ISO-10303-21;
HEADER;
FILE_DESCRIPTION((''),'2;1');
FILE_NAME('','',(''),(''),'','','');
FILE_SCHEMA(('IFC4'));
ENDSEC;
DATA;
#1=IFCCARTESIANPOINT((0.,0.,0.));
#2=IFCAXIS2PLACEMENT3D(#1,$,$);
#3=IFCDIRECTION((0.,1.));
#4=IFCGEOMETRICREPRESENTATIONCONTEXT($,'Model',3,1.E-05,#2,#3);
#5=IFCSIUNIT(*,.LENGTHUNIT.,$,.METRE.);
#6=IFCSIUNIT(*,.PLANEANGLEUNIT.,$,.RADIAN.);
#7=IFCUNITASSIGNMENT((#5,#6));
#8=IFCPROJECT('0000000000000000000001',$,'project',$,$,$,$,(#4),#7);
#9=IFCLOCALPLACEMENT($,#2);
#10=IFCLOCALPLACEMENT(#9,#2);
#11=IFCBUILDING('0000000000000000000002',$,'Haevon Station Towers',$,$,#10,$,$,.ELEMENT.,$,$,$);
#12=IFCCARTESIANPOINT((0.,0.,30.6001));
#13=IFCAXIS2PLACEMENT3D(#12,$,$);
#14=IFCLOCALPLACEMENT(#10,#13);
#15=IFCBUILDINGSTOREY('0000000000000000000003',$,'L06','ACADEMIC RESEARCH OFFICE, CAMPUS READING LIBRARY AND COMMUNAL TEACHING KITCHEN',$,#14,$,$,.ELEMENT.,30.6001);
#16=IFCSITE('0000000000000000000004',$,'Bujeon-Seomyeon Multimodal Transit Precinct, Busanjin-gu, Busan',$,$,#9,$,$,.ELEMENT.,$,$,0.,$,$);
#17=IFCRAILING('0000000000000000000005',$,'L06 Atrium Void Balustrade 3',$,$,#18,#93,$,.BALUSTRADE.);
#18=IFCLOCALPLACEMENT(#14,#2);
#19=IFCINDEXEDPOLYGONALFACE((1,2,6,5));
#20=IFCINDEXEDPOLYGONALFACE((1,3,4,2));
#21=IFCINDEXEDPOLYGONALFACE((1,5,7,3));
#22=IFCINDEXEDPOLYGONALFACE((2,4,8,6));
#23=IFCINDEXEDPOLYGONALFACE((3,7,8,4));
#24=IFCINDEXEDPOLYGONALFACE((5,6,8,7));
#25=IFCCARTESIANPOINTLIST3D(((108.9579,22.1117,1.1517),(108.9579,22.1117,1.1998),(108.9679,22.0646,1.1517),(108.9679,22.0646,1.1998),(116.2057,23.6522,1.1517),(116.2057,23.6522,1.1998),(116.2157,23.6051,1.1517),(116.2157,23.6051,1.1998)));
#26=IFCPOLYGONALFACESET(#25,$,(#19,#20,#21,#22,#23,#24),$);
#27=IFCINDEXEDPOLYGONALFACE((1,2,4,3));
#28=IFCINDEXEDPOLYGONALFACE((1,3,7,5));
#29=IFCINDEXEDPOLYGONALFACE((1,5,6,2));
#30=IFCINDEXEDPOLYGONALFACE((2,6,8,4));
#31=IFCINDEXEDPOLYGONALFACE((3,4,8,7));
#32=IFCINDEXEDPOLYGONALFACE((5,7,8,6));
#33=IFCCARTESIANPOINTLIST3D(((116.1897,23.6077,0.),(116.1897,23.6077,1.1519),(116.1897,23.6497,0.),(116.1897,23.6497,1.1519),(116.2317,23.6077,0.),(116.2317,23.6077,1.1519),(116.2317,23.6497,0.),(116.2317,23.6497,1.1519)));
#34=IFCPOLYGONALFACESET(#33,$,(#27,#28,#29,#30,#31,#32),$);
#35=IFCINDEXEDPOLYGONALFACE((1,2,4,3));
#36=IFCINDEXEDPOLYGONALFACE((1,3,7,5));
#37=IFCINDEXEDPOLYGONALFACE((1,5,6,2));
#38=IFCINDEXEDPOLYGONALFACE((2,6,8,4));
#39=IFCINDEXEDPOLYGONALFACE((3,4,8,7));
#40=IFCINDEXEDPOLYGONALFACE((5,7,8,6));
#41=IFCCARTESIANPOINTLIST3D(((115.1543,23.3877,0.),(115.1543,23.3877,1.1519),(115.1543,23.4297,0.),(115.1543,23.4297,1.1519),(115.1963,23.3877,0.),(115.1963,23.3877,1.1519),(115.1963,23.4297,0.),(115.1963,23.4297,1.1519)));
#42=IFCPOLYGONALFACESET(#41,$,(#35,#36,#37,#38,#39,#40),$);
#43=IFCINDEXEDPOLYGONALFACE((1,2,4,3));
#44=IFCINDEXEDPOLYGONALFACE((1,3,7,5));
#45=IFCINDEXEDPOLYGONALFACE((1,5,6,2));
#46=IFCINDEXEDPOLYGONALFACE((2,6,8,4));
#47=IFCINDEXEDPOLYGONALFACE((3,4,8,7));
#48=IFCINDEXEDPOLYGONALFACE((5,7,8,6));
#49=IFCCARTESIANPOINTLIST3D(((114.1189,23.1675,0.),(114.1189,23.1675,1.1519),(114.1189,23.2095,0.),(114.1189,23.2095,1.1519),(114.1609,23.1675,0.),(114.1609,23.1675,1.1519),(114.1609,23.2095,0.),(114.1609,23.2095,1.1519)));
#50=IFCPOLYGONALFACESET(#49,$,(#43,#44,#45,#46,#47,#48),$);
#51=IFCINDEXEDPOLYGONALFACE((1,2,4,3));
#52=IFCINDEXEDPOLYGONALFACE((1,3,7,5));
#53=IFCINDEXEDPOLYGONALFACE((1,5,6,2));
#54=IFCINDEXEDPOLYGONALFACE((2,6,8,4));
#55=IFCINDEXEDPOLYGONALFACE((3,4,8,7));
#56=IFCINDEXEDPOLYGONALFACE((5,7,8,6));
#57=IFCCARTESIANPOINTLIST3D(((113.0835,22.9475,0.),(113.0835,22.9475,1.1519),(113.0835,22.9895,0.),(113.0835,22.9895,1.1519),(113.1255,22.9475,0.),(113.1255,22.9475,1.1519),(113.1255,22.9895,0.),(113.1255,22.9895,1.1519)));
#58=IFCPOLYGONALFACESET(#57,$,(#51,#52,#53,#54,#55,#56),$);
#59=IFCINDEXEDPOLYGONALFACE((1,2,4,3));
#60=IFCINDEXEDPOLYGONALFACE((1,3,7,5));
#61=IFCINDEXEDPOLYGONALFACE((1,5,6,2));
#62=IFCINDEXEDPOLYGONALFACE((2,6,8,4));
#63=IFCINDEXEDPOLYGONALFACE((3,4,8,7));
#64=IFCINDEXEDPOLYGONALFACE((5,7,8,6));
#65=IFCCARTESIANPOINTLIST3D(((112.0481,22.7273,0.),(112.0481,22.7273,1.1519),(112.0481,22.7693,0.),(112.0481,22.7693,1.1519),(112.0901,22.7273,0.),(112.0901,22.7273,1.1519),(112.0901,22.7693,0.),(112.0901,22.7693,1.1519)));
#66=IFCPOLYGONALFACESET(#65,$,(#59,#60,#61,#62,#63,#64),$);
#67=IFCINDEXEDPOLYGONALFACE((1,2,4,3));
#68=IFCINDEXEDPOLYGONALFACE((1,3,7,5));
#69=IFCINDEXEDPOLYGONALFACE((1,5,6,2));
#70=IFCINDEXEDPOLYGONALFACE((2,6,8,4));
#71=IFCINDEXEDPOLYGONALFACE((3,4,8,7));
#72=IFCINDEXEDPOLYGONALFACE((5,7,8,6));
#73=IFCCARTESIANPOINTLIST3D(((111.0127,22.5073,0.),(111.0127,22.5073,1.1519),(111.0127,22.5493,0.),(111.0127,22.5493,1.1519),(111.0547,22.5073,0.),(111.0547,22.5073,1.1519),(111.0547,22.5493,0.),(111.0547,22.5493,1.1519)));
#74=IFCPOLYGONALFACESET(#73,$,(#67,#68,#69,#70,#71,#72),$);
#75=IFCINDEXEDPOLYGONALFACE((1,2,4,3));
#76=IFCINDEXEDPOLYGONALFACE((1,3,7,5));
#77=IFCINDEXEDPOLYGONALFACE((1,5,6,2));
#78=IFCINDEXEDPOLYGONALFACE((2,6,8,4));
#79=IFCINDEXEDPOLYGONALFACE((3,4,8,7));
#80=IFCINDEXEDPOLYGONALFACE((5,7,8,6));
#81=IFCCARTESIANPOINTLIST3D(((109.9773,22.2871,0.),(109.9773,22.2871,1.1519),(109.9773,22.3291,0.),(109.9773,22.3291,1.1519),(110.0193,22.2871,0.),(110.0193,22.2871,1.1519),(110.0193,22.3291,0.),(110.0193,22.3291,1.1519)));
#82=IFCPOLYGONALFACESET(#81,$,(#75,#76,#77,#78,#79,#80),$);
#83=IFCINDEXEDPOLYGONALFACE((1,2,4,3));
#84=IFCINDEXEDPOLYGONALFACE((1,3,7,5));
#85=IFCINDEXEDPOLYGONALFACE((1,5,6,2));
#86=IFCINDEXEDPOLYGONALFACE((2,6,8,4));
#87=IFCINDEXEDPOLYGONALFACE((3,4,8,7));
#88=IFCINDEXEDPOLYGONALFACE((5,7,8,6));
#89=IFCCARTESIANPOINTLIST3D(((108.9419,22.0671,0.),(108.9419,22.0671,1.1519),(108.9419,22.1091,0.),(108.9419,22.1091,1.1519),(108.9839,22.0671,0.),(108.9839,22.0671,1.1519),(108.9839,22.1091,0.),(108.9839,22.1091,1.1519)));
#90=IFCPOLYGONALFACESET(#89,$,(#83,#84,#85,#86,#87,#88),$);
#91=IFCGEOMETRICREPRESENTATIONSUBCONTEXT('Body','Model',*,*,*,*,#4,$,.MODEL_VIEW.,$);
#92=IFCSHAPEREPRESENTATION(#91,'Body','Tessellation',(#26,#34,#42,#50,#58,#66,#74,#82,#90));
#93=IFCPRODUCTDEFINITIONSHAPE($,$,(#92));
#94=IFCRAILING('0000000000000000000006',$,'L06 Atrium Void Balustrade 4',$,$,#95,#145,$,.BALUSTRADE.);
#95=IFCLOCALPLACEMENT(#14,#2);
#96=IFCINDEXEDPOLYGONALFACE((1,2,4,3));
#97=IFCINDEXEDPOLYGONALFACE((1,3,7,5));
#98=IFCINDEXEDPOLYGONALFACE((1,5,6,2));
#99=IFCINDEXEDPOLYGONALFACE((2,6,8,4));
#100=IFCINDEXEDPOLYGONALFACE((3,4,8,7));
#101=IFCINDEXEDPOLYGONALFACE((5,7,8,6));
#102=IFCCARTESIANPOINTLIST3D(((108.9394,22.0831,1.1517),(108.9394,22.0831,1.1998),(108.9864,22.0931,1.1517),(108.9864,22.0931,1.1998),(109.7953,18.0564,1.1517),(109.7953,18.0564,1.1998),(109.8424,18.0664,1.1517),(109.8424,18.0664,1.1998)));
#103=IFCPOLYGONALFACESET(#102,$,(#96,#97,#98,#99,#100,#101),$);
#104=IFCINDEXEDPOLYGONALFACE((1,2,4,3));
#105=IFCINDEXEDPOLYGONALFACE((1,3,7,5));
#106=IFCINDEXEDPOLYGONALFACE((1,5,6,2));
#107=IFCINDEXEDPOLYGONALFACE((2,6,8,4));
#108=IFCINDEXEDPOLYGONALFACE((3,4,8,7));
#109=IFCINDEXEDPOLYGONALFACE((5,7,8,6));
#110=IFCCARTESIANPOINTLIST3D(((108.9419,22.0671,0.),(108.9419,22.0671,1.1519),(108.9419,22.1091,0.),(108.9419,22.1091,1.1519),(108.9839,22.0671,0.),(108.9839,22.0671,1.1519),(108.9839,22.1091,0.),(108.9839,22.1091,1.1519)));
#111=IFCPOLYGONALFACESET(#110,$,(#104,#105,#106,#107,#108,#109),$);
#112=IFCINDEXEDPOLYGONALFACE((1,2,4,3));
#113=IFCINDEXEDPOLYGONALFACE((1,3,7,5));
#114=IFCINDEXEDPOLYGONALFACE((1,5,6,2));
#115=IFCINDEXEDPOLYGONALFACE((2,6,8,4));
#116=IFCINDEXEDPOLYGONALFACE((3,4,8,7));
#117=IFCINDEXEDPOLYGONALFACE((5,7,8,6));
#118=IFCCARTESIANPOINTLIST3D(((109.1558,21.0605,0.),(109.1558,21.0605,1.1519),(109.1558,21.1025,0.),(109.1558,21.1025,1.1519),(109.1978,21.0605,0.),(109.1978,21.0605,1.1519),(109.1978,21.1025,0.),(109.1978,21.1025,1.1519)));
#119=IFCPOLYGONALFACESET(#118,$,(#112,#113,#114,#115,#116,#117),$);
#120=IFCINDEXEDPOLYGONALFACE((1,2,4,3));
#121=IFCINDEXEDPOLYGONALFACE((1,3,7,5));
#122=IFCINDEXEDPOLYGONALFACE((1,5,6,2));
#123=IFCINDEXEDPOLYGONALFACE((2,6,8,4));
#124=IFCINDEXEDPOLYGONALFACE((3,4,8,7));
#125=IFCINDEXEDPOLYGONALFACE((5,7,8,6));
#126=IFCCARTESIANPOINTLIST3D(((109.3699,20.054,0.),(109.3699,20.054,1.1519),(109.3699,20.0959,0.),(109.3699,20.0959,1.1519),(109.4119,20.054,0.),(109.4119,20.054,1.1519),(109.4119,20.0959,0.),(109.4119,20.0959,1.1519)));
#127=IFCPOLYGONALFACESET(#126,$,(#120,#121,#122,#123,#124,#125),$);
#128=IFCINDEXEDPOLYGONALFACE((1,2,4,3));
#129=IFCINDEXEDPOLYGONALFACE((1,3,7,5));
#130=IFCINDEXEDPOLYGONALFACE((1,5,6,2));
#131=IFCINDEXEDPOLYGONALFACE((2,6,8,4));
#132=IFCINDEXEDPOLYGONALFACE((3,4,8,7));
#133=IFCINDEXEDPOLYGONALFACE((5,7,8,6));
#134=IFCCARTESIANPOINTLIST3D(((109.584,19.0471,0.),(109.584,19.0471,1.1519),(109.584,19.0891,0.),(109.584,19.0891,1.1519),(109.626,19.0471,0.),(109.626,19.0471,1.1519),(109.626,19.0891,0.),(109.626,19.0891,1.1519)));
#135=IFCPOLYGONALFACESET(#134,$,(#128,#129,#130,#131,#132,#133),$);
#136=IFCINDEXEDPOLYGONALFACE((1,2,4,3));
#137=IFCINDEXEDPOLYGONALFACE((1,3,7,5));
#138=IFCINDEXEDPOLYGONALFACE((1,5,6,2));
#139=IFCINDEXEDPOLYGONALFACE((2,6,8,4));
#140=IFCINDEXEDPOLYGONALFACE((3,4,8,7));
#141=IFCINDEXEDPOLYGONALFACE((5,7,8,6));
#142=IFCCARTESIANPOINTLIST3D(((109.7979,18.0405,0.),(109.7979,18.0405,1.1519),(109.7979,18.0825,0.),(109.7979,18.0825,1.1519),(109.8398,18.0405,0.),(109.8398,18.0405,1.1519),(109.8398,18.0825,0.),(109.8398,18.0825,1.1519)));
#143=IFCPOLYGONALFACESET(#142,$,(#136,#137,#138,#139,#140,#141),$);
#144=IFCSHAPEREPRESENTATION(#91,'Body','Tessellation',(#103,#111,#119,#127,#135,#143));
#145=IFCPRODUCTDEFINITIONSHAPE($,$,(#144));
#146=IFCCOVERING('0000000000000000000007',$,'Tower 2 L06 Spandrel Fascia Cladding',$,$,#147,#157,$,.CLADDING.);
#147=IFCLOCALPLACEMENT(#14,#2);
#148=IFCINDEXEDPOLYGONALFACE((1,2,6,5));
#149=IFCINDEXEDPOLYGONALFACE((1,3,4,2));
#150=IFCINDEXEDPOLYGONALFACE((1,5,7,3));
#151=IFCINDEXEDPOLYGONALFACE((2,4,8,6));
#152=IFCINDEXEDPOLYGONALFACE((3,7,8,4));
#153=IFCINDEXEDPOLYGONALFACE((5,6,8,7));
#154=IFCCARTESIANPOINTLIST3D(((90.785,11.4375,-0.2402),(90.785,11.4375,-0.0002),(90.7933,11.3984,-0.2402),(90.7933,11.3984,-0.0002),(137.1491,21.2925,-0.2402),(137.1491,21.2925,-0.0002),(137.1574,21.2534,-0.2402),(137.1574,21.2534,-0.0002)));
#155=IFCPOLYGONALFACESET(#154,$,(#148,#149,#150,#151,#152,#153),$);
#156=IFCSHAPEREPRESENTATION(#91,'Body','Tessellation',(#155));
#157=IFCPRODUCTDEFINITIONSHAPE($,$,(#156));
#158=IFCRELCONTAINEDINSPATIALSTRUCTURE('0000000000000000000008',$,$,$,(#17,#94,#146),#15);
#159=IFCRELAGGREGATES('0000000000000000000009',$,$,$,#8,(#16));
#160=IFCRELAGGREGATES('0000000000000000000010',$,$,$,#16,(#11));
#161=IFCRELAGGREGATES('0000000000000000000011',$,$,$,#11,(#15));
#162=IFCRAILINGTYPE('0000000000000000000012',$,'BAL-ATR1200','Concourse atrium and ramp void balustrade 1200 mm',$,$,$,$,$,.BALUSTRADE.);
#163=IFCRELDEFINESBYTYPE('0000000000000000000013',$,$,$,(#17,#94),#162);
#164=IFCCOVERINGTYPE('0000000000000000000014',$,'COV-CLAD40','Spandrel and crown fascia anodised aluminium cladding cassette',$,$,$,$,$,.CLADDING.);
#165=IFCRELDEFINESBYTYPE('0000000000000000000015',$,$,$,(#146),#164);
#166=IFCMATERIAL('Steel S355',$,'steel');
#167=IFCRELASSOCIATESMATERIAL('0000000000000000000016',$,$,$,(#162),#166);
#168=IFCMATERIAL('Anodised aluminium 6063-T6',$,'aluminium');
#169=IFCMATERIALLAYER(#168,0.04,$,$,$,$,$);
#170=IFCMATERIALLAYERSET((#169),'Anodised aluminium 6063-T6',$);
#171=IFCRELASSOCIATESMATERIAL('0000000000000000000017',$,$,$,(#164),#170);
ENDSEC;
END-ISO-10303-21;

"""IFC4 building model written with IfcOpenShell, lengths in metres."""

from ifc_helpers import new_model, si_unit, direction, frame, origin, origin_2d, place, context, subcontext, project, spatial, rectangle, extrude, material, layer, layer_set, type_object, element, save


model = new_model("IFC4")

# Units and contexts
model_context = context("Model", 3, precision=1e-05, world=origin(), true_north=direction((0.0, 1.0)))
body_context = subcontext(model_context, "Body", "Model", "MODEL_VIEW")
ifc_project = project(units=[si_unit("LENGTHUNIT", "METRE"), si_unit("PLANEANGLEUNIT", "RADIAN")], contexts=[model_context])

# Site, building, storey
site_placement = place(None, origin())
site = spatial("IfcSite", under=ifc_project, at=site_placement, Name="Bujeon-Seomyeon Multimodal Transit Precinct, Busanjin-gu, Busan", CompositionType="ELEMENT", RefElevation=0.0)
building_placement = place(site_placement, origin())
building = spatial("IfcBuilding", under=site, at=building_placement, Name="Haevon Station Towers", CompositionType="ELEMENT")
storey_placement = place(building_placement, frame((0.0, 0.0, 30.6001)))
storey = spatial("IfcBuildingStorey", under=building, at=storey_placement, Name="L06", Description="ACADEMIC RESEARCH OFFICE, CAMPUS READING LIBRARY AND COMMUNAL TEACHING KITCHEN", CompositionType="ELEMENT", Elevation=30.6001)

# Shared definitions
ifc_material_1 = material(Name="Steel S355", Category="steel")

# Railings
railing_type = type_object("IfcRailingType", Name="BAL-ATR1200", Description="Concourse atrium and ramp void balustrade 1200 mm", PredefinedType="BALUSTRADE", material=ifc_material_1)
railing_1_placement = place(storey_placement, frame((116.2107, 23.6287, 0.0)))
element("IfcRailing", 1, at=railing_1_placement, inside=storey, type_object=railing_type, Name="L06 Atrium Void Balustrade 3", PredefinedType="BALUSTRADE", context=body_context, shape_type="SweptSolid", body=[
    extrude(rectangle(XDim=0.0481, YDim=0.0481, at=origin_2d()), frame((0.0, 0.0, 1.1758), z_axis=(-0.978149, -0.207906, 0.0), x_axis=(0.207906, -0.978149, 0.0)), (0.0, 0.0, 1.0), 7.4097),
    extrude(rectangle(XDim=0.042, YDim=0.042, at=origin_2d()), origin(), (0.0, 0.0, 1.0), 1.1519),
    extrude(rectangle(XDim=0.042, YDim=0.042, at=origin_2d()), frame((-1.0354, -0.22, 0.0)), (0.0, 0.0, 1.0), 1.1519),
    extrude(rectangle(XDim=0.042, YDim=0.042, at=origin_2d()), frame((-2.0708, -0.4402, 0.0)), (0.0, 0.0, 1.0), 1.1519),
    extrude(rectangle(XDim=0.042, YDim=0.042, at=origin_2d()), frame((-3.1062, -0.6602, 0.0)), (0.0, 0.0, 1.0), 1.1519),
    extrude(rectangle(XDim=0.042, YDim=0.042, at=origin_2d()), frame((-4.1416, -0.8804, 0.0)), (0.0, 0.0, 1.0), 1.1519),
    extrude(rectangle(XDim=0.042, YDim=0.042, at=origin_2d()), frame((-5.177, -1.1003, 0.0)), (0.0, 0.0, 1.0), 1.1519),
    extrude(rectangle(XDim=0.042, YDim=0.042, at=origin_2d()), frame((-6.2124, -1.3206, 0.0)), (0.0, 0.0, 1.0), 1.1519),
    extrude(rectangle(XDim=0.042, YDim=0.042, at=origin_2d()), frame((-7.2478, -1.5405, 0.0)), (0.0, 0.0, 1.0), 1.1519),
])
railing_2_placement = place(storey_placement, frame((108.9629, 22.0881, 0.0)))
element("IfcRailing", 2, at=railing_2_placement, inside=storey, type_object=railing_type, Name="L06 Atrium Void Balustrade 4", PredefinedType="BALUSTRADE", context=body_context, shape_type="SweptSolid", body=[
    extrude(rectangle(XDim=0.0481, YDim=0.0481, at=origin_2d()), frame((0.0, 0.0, 1.1758), z_axis=(0.207929, -0.978144, 0.0), x_axis=(0.978144, 0.207929, 0.0)), (0.0, 0.0, 1.0), 4.1167),
    extrude(rectangle(XDim=0.042, YDim=0.042, at=origin_2d()), origin(), (0.0, 0.0, 1.0), 1.1519),
    extrude(rectangle(XDim=0.042, YDim=0.042, at=origin_2d()), frame((0.2139, -1.0066, 0.0)), (0.0, 0.0, 1.0), 1.1519),
    extrude(rectangle(XDim=0.042, YDim=0.042, at=origin_2d()), frame((0.428, -2.0132, 0.0)), (0.0, 0.0, 1.0), 1.1519),
    extrude(rectangle(XDim=0.042, YDim=0.042, at=origin_2d()), frame((0.6421, -3.02, 0.0)), (0.0, 0.0, 1.0), 1.1519),
    extrude(rectangle(XDim=0.042, YDim=0.042, at=origin_2d()), frame((0.856, -4.0266, 0.0)), (0.0, 0.0, 1.0), 1.1519),
])

# Covering
ifc_material_2 = material(Name="Anodised aluminium 6063-T6", Category="aluminium")
ifc_layer_1 = layer(ifc_material_2, 0.04)
ifc_layer_set_1 = layer_set([ifc_layer_1], Name="Anodised aluminium 6063-T6")
covering_type = type_object("IfcCoveringType", Name="COV-CLAD40", Description="Spandrel and crown fascia anodised aluminium cladding cassette", PredefinedType="CLADDING", material=ifc_layer_set_1)
covering_placement = place(storey_placement, frame((113.9712, 16.3455, -0.2402), z_axis=(0.0, 0.0, 1.0), x_axis=(0.978148, 0.207912, 0.0)))
element("IfcCovering", 3, at=covering_placement, inside=storey, type_object=covering_type, Name="Tower 2 L06 Spandrel Fascia Cladding", PredefinedType="CLADDING", context=body_context, shape_type="SweptSolid", body=[
    extrude(rectangle(XDim=47.3999, YDim=0.04, at=origin_2d()), origin(), (0.0, 0.0, 1.0), 0.24),
])

save(model, "model.ifc")
